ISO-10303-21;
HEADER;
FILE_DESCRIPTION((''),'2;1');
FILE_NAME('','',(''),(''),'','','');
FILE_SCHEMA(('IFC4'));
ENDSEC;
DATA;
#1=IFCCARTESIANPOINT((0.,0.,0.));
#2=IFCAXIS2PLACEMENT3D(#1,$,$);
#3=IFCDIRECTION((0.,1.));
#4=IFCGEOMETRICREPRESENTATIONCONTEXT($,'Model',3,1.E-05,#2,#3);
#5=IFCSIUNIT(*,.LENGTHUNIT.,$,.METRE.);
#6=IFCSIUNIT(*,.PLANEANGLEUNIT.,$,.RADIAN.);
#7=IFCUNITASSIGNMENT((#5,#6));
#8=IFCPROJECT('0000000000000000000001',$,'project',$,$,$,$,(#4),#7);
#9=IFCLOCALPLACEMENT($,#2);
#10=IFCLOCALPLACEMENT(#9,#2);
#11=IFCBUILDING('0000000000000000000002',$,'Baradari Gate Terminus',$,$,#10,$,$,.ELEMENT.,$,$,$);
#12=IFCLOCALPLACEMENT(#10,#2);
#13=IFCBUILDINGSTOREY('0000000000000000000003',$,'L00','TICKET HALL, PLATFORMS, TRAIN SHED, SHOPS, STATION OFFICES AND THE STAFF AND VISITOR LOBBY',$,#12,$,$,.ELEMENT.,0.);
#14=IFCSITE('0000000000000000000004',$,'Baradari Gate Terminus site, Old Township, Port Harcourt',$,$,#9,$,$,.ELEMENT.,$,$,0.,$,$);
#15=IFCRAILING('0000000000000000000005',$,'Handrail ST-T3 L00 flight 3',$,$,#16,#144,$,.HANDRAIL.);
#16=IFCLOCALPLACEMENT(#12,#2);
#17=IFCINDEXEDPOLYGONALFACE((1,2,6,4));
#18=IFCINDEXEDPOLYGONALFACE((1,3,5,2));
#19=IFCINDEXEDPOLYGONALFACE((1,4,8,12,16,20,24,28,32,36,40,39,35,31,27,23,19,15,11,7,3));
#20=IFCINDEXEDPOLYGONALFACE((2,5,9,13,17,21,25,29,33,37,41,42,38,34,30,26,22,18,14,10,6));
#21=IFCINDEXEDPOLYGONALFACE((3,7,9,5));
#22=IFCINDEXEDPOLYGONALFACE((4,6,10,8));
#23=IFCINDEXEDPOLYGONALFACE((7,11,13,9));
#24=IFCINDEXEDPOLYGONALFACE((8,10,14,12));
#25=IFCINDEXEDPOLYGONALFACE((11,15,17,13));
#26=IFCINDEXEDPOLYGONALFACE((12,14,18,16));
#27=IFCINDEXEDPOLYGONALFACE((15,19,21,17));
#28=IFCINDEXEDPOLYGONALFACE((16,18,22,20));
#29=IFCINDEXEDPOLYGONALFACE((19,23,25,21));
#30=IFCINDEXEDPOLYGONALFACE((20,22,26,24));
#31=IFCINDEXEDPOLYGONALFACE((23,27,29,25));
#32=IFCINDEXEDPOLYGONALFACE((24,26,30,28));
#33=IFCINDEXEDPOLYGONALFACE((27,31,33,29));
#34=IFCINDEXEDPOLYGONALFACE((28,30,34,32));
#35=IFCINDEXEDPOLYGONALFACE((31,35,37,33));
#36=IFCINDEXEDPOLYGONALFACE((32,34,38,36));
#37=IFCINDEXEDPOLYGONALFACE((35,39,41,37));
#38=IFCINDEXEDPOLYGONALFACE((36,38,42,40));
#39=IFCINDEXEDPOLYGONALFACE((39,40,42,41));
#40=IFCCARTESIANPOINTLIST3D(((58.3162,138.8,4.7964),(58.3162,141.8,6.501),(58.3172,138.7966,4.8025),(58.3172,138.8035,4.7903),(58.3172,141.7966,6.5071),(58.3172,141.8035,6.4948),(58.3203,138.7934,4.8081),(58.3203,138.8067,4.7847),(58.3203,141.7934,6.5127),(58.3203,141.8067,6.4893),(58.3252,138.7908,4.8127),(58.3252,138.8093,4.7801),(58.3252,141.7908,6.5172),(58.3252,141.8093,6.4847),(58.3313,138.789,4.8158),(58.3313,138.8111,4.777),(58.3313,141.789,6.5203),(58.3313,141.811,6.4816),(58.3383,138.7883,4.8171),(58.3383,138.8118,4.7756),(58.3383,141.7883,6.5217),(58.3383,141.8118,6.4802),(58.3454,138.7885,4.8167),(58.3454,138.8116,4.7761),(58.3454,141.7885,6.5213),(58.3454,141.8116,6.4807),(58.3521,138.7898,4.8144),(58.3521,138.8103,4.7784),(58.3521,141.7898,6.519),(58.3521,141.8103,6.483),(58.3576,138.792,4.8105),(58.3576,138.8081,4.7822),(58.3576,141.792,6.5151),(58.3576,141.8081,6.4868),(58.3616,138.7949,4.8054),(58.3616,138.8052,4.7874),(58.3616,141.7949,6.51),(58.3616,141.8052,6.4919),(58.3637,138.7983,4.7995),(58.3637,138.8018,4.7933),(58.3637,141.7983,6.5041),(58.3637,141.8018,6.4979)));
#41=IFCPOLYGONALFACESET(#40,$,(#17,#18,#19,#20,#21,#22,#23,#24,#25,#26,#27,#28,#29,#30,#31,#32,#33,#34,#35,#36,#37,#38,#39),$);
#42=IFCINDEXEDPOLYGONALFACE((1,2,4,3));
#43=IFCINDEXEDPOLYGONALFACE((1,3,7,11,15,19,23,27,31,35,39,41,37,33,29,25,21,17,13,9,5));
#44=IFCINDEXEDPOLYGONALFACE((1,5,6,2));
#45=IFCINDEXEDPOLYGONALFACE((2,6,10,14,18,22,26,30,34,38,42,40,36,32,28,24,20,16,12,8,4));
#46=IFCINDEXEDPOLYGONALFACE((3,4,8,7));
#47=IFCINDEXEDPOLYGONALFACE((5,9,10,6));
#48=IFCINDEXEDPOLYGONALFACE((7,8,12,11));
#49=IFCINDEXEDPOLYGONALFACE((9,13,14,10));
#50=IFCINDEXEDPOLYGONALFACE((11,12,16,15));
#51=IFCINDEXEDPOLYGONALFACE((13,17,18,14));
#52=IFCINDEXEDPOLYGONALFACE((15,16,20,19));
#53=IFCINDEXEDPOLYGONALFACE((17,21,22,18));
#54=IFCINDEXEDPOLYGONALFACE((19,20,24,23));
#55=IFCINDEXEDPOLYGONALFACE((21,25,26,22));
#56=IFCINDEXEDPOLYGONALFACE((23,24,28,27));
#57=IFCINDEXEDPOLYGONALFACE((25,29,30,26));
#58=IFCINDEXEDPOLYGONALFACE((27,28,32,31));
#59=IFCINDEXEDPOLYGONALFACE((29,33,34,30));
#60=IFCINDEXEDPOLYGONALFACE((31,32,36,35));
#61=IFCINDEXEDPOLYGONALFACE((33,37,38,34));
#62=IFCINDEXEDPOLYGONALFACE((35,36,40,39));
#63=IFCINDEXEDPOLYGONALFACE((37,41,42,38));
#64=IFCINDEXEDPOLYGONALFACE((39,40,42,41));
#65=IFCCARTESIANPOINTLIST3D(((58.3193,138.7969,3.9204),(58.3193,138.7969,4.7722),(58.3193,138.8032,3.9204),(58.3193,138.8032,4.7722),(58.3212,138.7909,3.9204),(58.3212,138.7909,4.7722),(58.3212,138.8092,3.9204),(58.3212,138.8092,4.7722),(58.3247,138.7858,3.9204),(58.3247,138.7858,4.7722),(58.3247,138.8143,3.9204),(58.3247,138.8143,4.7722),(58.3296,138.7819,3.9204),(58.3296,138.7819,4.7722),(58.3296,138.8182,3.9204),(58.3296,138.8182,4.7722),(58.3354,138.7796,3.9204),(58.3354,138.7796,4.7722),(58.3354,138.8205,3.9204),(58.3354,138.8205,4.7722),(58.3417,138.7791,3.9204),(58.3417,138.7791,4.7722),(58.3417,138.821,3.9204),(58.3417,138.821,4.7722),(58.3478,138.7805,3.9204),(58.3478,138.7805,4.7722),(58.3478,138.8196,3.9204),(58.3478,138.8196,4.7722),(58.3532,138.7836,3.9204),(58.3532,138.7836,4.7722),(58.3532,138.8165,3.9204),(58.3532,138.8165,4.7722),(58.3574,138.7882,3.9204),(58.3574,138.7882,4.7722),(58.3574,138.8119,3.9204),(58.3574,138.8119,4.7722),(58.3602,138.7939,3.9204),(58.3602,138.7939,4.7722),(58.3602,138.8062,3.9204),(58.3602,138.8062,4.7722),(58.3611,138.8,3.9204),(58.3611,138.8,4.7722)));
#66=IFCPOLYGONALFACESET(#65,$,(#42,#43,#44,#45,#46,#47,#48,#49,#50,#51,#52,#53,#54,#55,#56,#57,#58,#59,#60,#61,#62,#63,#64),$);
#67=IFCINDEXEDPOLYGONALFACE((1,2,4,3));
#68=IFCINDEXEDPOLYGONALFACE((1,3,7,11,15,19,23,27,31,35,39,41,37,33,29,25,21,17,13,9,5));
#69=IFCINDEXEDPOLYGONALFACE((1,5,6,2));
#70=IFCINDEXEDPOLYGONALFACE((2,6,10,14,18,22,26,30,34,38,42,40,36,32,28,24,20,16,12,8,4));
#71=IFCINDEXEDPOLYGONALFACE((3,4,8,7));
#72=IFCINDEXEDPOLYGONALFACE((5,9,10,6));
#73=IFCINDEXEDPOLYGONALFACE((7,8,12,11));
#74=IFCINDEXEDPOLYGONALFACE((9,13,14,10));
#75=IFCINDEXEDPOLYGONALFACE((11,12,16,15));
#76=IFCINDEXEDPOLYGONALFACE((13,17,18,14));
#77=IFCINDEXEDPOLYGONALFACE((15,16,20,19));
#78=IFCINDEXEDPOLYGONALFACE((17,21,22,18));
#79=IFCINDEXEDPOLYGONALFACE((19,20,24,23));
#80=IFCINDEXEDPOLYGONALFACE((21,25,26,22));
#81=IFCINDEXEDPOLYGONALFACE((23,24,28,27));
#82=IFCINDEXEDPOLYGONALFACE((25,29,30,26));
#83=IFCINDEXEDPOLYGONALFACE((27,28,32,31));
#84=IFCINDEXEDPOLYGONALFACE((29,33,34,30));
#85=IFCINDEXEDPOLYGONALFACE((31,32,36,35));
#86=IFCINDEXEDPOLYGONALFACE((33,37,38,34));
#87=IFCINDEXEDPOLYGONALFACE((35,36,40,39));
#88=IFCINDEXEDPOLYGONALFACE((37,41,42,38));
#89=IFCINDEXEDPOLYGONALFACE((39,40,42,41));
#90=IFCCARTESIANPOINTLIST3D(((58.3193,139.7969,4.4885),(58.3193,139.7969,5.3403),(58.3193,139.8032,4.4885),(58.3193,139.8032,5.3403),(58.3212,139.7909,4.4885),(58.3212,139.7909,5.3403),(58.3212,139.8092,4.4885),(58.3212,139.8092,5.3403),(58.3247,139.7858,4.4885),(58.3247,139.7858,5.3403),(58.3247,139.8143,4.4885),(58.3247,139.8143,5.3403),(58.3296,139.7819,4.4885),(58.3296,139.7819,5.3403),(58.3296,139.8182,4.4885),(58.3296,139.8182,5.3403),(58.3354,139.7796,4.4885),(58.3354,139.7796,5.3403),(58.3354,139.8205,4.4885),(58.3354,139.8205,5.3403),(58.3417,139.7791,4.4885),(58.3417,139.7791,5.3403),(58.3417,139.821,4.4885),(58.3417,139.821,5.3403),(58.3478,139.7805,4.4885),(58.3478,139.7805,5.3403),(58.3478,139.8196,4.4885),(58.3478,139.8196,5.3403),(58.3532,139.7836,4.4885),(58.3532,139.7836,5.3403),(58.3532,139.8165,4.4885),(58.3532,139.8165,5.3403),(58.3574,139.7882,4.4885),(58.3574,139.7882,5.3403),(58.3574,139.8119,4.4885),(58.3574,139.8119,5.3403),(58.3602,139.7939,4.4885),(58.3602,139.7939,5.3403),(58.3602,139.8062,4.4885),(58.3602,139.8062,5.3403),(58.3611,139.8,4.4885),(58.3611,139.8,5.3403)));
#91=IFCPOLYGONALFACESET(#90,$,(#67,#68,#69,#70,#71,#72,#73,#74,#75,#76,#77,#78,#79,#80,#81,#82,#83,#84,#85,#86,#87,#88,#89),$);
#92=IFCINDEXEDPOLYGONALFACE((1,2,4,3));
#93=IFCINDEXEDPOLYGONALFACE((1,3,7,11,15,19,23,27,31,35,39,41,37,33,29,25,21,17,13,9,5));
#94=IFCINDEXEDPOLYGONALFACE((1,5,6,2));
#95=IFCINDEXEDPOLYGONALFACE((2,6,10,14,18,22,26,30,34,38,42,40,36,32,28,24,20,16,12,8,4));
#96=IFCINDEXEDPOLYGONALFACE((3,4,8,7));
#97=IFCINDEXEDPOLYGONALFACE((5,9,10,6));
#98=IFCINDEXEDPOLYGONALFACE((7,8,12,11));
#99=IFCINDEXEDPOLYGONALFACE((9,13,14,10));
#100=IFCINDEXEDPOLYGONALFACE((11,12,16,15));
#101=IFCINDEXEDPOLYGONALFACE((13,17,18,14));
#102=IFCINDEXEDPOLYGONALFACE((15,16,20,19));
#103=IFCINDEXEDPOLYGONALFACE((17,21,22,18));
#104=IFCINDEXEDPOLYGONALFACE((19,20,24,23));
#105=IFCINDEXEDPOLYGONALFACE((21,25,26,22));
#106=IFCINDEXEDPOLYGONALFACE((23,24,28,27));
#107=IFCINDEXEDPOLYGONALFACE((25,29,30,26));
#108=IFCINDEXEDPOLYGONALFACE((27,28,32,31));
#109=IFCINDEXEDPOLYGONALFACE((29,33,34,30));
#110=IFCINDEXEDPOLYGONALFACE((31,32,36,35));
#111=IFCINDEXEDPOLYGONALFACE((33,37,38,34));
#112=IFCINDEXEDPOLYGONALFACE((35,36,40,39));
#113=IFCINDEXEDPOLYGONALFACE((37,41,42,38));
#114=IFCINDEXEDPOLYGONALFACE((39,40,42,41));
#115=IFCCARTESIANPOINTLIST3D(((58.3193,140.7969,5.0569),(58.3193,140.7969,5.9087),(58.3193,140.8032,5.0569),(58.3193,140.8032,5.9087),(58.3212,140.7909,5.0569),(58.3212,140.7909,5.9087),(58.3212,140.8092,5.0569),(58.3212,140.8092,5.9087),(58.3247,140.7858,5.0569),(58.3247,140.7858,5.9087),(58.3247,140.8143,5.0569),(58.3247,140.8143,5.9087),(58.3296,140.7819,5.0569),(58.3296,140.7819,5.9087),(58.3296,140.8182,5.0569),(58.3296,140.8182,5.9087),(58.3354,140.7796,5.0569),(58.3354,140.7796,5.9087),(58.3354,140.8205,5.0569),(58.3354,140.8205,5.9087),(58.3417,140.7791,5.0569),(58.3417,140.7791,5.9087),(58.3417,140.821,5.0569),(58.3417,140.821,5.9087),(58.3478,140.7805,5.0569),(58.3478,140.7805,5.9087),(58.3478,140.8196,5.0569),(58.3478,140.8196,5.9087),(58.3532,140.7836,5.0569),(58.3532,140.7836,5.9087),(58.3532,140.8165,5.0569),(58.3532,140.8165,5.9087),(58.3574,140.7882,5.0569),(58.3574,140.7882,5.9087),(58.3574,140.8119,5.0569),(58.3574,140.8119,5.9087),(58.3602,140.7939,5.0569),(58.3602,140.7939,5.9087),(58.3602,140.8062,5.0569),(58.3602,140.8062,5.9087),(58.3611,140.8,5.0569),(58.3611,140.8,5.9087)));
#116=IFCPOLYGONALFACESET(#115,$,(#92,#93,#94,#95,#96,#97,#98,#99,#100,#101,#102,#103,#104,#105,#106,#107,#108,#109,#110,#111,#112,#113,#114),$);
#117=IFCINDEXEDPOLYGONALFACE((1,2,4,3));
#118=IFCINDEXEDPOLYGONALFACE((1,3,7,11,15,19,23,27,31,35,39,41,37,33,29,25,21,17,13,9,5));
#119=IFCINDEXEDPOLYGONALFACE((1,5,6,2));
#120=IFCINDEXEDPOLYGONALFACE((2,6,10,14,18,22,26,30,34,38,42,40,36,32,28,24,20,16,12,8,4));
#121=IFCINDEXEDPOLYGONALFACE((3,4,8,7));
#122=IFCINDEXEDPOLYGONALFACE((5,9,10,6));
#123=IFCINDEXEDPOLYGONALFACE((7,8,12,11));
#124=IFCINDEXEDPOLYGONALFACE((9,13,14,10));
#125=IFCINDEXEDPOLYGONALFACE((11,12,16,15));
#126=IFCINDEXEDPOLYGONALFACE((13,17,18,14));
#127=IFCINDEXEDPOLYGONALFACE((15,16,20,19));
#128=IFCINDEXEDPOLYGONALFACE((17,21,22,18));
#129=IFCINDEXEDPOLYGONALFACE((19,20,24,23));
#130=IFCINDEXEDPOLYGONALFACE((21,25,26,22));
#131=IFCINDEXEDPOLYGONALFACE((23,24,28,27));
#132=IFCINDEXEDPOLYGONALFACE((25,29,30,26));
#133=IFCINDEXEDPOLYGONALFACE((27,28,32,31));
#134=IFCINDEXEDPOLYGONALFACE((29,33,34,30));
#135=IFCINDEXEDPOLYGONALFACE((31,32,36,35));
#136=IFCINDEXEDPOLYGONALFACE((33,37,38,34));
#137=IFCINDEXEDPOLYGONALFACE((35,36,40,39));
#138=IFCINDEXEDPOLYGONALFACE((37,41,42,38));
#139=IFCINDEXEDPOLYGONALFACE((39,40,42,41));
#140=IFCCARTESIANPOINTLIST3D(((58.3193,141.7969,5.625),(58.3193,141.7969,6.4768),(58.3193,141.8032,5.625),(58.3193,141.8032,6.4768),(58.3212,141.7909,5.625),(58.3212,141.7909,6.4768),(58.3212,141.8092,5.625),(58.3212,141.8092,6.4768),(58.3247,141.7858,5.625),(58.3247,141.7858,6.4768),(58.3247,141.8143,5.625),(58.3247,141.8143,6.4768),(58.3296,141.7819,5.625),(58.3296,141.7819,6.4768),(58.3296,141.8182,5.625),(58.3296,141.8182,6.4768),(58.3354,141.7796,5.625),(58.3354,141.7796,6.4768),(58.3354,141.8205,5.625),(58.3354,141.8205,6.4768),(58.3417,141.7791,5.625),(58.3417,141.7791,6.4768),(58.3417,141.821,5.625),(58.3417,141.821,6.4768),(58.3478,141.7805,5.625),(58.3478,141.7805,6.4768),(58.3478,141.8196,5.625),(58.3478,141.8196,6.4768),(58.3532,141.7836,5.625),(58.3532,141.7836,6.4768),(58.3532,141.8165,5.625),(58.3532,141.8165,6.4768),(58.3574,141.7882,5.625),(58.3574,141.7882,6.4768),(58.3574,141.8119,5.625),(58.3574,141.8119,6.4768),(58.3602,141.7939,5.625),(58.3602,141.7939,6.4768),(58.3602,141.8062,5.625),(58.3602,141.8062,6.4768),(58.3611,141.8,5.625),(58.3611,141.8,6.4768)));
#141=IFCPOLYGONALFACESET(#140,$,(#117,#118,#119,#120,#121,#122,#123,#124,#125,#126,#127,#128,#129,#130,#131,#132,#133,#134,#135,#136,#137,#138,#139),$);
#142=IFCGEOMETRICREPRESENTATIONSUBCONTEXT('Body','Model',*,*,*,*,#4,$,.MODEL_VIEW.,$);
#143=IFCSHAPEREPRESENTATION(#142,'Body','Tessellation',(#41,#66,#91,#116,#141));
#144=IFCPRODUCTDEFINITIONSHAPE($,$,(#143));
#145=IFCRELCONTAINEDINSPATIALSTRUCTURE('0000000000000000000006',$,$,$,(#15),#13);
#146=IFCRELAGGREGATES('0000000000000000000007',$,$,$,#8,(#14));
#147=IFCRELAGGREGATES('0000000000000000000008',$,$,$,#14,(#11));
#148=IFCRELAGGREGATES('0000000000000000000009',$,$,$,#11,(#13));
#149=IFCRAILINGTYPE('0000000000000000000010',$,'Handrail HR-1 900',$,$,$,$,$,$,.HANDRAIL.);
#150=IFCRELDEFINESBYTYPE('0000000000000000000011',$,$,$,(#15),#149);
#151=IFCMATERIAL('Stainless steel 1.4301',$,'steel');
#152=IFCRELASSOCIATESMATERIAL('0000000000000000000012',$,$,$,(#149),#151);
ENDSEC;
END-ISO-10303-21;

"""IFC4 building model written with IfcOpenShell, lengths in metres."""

from ifc_helpers import new_model, si_unit, direction, frame, origin, origin_2d, place, context, subcontext, project, spatial, circle, extrude, material, type_object, element, save


model = new_model("IFC4")

# Units and contexts
model_context = context("Model", 3, precision=1e-05, world=origin(), true_north=direction((0.0, 1.0)))
body_context = subcontext(model_context, "Body", "Model", "MODEL_VIEW")
ifc_project = project(units=[si_unit("LENGTHUNIT", "METRE"), si_unit("PLANEANGLEUNIT", "RADIAN")], contexts=[model_context])

# Site, building, storey
site_placement = place(None, origin())
site = spatial("IfcSite", under=ifc_project, at=site_placement, Name="Baradari Gate Terminus site, Old Township, Port Harcourt", CompositionType="ELEMENT", RefElevation=0.0)
building_placement = place(site_placement, origin())
building = spatial("IfcBuilding", under=site, at=building_placement, Name="Baradari Gate Terminus", CompositionType="ELEMENT")
storey_placement = place(building_placement, origin())
storey = spatial("IfcBuildingStorey", under=building, at=storey_placement, Name="L00", Description="TICKET HALL, PLATFORMS, TRAIN SHED, SHOPS, STATION OFFICES AND THE STAFF AND VISITOR LOBBY", CompositionType="ELEMENT", Elevation=0.0)

# Railing
ifc_material_1 = material(Name="Stainless steel 1.4301", Category="steel")
railing_type_1 = type_object("IfcRailingType", Name="Handrail HR-1 900", PredefinedType="HANDRAIL", material=ifc_material_1)
for number, where, name in (
    (1, (58.3401, 138.8, 3.9204), "Handrail ST-T3 L00 flight 3"),
):
    element("IfcRailing", number, at=place(storey_placement, frame(where)), inside=storey, type_object=railing_type_1, Name=name, PredefinedType="HANDRAIL", context=body_context, shape_type="SweptSolid", body=[
        extrude(circle(Radius=0.0239, at=origin_2d()), frame((0.0, 0.0, 0.876), z_axis=(0.0, 0.869451, 0.494019), x_axis=(-1.0, 0.0, 0.0)), (0.0, 0.0, 1.0), 3.4504),
        extrude(circle(Radius=0.021, at=origin_2d()), origin(), (0.0, 0.0, 1.0), 0.8518),
        extrude(circle(Radius=0.021, at=origin_2d()), frame((0.0, 1.0, 0.5681)), (0.0, 0.0, 1.0), 0.8518),
        extrude(circle(Radius=0.021, at=origin_2d()), frame((0.0, 2.0, 1.1365)), (0.0, 0.0, 1.0), 0.8518),
        extrude(circle(Radius=0.021, at=origin_2d()), frame((0.0, 3.0, 1.7046)), (0.0, 0.0, 1.0), 0.8518),
    ])

save(model, "model.ifc")
